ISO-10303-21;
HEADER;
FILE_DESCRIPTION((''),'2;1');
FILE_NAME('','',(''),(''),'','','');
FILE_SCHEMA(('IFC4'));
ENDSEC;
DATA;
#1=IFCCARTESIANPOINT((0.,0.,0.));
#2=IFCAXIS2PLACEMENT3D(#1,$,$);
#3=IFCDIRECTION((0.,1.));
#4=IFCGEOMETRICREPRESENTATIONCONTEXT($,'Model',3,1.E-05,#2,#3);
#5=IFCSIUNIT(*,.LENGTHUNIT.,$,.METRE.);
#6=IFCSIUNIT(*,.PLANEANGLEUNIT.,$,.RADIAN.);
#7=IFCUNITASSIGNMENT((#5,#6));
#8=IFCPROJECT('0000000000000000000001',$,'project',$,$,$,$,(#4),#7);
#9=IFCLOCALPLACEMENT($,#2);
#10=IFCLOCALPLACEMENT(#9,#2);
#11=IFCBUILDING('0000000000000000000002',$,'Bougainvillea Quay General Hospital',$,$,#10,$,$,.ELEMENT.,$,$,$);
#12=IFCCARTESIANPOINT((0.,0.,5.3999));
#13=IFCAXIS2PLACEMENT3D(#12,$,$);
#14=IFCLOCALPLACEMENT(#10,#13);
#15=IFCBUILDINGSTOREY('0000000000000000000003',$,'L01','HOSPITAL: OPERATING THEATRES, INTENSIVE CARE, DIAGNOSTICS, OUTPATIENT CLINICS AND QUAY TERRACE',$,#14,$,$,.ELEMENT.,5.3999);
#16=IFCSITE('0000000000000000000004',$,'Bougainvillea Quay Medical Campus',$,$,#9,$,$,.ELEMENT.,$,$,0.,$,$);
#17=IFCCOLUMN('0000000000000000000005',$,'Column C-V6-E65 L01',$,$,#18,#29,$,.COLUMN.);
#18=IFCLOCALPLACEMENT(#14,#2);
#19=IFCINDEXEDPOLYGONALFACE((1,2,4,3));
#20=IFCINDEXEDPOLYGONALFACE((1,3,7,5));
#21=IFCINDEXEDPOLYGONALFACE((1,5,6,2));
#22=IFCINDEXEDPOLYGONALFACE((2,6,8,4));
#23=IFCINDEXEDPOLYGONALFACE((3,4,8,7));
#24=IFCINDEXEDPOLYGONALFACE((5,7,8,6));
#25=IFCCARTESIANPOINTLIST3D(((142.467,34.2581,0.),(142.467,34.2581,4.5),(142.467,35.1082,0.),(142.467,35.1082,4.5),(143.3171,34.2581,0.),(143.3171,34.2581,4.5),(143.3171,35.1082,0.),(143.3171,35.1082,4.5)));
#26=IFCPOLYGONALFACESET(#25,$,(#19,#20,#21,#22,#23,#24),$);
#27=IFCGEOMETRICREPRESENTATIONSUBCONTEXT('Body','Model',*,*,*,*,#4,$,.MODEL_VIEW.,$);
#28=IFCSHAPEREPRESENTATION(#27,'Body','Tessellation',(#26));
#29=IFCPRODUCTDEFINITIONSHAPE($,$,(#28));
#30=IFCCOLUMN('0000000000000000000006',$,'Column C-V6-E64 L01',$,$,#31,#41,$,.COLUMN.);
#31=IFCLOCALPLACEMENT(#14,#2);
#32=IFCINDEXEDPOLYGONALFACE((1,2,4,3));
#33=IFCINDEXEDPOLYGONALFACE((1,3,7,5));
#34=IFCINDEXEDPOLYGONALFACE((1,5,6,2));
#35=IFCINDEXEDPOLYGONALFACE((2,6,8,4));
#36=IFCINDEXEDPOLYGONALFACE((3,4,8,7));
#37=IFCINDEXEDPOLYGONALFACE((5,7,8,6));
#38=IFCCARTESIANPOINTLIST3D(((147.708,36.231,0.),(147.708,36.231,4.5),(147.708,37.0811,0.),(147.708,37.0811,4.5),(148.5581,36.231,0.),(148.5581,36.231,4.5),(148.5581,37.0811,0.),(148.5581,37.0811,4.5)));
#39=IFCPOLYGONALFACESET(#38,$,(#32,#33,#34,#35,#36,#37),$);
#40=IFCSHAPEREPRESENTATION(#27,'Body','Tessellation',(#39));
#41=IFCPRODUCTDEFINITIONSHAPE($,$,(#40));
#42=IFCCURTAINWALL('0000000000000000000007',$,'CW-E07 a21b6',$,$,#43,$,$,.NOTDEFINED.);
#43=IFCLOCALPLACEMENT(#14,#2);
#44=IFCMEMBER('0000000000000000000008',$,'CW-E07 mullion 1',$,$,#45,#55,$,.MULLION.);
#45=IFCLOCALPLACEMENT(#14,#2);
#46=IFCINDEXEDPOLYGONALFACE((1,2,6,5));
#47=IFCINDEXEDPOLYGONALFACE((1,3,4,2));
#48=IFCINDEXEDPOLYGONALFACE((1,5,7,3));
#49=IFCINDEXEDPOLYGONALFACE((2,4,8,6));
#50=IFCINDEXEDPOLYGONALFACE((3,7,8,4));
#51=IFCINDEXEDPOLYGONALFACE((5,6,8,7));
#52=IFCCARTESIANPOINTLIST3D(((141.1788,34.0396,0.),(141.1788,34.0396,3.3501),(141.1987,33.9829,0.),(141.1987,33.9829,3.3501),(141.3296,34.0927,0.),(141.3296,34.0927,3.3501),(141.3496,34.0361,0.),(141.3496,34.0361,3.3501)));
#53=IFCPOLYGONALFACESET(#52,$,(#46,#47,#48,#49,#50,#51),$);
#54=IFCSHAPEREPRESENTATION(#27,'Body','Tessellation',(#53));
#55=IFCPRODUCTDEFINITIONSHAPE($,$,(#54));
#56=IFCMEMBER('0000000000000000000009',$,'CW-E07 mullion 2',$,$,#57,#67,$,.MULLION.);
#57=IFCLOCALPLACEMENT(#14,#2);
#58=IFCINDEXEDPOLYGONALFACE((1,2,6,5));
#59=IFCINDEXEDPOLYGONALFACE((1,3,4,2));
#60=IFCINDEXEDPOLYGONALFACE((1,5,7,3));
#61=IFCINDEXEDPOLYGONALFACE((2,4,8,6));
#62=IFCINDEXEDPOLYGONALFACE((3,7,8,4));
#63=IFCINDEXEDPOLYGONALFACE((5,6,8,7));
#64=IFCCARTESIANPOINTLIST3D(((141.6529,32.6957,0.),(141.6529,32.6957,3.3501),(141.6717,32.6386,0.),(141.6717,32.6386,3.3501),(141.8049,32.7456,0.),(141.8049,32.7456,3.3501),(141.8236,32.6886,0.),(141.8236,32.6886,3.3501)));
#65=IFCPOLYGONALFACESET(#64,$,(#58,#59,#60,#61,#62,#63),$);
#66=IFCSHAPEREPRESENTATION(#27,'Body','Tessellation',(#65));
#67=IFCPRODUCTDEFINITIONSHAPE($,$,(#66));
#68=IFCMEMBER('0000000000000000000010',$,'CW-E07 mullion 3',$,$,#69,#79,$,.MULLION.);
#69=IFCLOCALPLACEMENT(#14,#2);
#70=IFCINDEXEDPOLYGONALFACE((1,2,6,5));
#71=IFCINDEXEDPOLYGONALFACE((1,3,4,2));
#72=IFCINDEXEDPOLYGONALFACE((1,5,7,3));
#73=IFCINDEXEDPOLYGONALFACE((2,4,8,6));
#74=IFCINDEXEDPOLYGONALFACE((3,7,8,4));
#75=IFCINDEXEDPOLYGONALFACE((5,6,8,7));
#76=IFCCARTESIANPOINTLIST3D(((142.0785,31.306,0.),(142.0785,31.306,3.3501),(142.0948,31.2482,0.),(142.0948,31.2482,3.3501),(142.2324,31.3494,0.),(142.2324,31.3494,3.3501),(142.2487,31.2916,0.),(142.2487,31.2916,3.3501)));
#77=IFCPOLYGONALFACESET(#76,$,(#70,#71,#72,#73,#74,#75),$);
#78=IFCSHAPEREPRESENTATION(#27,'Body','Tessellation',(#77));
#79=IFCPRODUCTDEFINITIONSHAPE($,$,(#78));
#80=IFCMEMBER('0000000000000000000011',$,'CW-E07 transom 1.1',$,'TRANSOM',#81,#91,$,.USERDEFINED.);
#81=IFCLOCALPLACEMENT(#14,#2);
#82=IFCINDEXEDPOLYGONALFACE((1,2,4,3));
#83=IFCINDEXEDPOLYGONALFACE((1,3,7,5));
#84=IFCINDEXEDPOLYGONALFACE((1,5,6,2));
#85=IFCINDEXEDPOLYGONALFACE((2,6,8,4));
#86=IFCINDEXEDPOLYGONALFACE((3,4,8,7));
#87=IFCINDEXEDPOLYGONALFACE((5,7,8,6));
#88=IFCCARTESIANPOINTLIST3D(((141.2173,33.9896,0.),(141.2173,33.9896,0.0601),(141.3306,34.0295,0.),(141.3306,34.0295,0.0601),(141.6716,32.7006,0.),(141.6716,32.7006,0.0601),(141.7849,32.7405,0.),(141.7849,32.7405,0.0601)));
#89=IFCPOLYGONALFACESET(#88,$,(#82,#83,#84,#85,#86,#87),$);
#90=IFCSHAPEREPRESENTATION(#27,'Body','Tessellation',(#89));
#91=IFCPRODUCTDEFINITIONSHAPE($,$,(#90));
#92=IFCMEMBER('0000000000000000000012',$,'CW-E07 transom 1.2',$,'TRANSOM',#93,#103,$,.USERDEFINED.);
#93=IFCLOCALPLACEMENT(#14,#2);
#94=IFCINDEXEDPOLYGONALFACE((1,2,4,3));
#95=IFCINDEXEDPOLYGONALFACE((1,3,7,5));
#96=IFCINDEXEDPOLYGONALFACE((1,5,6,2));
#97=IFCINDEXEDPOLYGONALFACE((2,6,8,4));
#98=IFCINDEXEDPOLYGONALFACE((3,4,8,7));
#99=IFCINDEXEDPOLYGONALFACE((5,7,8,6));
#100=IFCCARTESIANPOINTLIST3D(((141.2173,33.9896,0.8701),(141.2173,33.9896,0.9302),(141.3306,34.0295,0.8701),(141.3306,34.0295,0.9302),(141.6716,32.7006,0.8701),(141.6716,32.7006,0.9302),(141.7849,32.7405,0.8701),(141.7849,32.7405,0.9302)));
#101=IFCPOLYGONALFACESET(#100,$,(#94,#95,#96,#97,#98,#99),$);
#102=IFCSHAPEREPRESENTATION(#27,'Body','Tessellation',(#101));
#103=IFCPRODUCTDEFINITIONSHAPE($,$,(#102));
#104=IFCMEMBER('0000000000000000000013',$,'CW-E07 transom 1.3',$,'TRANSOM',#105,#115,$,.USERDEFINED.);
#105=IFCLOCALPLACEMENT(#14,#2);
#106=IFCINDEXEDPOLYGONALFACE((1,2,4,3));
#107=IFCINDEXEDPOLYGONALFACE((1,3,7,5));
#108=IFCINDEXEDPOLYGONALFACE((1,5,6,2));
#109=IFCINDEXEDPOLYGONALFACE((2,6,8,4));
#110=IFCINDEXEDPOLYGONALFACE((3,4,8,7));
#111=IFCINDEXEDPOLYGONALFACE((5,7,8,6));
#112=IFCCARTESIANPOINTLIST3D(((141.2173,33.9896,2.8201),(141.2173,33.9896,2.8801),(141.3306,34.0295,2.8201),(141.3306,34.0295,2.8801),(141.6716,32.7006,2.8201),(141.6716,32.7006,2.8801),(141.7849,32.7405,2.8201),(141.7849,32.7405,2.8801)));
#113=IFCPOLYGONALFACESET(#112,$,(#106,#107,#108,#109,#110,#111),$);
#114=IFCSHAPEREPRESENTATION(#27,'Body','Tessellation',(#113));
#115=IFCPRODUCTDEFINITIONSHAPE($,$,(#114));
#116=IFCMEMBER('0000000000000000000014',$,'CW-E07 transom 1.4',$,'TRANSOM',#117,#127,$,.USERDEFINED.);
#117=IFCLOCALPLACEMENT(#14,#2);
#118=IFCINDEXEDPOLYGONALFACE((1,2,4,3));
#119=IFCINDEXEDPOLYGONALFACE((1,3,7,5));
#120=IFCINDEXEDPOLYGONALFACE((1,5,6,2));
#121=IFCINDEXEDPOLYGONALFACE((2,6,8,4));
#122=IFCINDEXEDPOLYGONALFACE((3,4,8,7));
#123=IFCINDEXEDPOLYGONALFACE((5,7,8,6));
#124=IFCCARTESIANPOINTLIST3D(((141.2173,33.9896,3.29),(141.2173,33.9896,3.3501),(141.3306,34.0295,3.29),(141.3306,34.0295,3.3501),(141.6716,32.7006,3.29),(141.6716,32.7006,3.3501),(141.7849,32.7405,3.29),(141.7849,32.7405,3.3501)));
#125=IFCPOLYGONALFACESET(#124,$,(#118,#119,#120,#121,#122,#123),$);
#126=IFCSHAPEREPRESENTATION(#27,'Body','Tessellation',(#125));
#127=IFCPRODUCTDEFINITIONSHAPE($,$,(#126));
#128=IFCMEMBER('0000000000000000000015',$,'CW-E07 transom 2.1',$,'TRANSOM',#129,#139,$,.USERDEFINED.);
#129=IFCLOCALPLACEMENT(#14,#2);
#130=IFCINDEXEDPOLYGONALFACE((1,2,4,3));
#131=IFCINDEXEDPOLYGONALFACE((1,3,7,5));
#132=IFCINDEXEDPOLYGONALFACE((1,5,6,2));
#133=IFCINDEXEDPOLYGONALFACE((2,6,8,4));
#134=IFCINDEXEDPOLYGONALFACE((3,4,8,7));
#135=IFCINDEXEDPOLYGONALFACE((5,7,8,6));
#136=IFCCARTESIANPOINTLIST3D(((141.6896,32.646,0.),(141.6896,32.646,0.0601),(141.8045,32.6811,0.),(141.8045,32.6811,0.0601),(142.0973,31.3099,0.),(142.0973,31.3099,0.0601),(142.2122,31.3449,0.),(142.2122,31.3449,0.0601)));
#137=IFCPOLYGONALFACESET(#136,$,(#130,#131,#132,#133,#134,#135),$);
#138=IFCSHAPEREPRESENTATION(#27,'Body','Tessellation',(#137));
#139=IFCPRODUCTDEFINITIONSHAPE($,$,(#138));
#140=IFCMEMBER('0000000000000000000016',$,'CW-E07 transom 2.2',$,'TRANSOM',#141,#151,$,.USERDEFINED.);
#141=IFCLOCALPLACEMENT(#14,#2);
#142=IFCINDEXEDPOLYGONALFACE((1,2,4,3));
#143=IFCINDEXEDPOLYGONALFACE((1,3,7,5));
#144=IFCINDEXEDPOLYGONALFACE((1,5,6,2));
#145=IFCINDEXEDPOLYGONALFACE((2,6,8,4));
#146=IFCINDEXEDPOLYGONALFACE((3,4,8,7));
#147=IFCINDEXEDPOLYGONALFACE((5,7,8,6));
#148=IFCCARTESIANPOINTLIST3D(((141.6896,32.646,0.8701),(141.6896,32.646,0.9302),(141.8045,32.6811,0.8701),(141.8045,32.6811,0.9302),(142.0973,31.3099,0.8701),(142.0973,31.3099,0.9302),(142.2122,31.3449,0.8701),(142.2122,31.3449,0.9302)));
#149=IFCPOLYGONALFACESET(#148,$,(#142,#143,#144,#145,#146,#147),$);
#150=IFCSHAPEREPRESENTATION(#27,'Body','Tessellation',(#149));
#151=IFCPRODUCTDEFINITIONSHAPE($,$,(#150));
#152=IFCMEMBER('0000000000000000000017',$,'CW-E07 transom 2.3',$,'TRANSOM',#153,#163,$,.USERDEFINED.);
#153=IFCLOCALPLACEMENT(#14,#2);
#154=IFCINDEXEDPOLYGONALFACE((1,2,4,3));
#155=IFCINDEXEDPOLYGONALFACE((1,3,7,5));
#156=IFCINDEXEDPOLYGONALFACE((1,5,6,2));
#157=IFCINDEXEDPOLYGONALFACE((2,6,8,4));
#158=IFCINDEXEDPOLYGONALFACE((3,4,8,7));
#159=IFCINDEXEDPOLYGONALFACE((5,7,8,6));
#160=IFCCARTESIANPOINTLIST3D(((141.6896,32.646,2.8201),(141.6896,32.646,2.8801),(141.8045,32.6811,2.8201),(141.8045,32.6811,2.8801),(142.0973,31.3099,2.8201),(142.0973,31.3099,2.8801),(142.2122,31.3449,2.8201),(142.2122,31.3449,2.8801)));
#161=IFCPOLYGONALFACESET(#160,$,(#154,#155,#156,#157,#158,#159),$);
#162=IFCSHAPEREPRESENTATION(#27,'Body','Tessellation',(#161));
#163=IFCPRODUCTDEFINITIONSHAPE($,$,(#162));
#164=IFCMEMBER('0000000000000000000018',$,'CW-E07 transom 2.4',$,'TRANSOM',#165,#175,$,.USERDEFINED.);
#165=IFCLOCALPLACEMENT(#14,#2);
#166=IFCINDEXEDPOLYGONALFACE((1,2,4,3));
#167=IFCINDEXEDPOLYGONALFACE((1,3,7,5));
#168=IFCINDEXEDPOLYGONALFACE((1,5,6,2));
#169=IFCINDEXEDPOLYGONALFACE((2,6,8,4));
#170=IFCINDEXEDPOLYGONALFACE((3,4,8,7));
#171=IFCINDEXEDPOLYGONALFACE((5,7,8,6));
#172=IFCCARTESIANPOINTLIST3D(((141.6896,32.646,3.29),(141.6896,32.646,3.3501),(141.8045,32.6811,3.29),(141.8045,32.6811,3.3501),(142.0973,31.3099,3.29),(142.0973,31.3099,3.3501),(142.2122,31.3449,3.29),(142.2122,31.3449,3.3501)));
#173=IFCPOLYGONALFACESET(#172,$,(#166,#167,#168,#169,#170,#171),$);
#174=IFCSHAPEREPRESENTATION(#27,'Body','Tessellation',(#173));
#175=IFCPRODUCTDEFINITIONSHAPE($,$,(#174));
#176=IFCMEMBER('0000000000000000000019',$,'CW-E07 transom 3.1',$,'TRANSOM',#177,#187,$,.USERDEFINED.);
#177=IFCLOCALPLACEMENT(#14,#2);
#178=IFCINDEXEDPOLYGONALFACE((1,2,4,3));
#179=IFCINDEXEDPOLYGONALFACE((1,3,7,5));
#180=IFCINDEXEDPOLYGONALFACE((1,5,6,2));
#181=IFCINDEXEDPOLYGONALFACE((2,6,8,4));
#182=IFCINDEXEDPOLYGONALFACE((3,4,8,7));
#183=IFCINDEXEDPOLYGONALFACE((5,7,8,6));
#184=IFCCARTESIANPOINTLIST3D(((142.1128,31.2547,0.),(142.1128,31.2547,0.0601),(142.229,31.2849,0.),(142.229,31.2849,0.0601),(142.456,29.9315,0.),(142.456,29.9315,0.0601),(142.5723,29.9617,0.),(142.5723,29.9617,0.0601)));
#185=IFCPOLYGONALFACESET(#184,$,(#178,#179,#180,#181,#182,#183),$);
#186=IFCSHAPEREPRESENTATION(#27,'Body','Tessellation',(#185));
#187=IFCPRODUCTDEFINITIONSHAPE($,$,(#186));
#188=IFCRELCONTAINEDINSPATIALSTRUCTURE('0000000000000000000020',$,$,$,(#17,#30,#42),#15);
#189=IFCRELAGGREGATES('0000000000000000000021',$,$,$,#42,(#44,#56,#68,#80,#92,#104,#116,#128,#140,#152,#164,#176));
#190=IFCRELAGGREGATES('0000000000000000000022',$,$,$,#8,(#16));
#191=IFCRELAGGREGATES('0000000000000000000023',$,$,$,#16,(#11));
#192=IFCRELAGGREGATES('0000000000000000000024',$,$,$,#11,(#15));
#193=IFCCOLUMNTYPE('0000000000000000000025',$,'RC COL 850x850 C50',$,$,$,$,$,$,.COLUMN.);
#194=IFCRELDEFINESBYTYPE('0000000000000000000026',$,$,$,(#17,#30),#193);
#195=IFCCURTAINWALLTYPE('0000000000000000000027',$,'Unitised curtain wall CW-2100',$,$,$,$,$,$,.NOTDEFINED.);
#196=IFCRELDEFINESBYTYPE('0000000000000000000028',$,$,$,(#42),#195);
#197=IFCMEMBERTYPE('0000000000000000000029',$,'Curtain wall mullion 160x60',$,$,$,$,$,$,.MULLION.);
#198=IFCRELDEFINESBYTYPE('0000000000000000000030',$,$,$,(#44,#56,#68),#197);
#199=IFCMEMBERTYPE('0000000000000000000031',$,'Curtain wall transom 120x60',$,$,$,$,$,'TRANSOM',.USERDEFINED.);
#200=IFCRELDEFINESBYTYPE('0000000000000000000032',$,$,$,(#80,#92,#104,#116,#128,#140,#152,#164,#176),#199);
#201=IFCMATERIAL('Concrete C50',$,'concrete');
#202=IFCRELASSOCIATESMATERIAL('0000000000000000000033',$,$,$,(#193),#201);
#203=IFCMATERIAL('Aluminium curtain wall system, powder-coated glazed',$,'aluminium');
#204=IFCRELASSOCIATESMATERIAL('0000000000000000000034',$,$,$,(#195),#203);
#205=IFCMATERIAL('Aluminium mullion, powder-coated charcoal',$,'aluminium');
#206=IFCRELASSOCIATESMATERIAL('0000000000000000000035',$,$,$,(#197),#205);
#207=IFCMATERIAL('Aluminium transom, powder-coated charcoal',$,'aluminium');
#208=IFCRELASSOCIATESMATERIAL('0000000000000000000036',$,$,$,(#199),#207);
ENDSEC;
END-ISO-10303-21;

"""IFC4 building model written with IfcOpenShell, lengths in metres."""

from ifc_helpers import new_model, si_unit, direction, frame, origin, origin_2d, place, context, subcontext, project, spatial, rectangle, extrude, material, material_profile, profile_set, type_object, element, aggregate, save


model = new_model("IFC4")

# Units and contexts
model_context = context("Model", 3, precision=1e-05, world=origin(), true_north=direction((0.0, 1.0)))
body_context = subcontext(model_context, "Body", "Model", "MODEL_VIEW")
ifc_project = project(units=[si_unit("LENGTHUNIT", "METRE"), si_unit("PLANEANGLEUNIT", "RADIAN")], contexts=[model_context])

# Site, building, storey
site_placement = place(None, origin())
site = spatial("IfcSite", under=ifc_project, at=site_placement, Name="Bougainvillea Quay Medical Campus", CompositionType="ELEMENT", RefElevation=0.0)
building_placement = place(site_placement, origin())
building = spatial("IfcBuilding", under=site, at=building_placement, Name="Bougainvillea Quay General Hospital", CompositionType="ELEMENT")
storey_placement = place(building_placement, frame((0.0, 0.0, 5.3999)))
storey = spatial("IfcBuildingStorey", under=building, at=storey_placement, Name="L01", Description="HOSPITAL: OPERATING THEATRES, INTENSIVE CARE, DIAGNOSTICS, OUTPATIENT CLINICS AND QUAY TERRACE", CompositionType="ELEMENT", Elevation=5.3999)

# Columns
ifc_material_1 = material(Name="Concrete C50", Category="concrete")
ifc_material_profile_1 = material_profile(ifc_material_1, rectangle(XDim=0.8501, YDim=0.8501, at=origin_2d()))
ifc_profile_set_1 = profile_set([ifc_material_profile_1], Name="Concrete C50")
column_type = type_object("IfcColumnType", Name="RC COL 850x850 C50", PredefinedType="COLUMN", material=ifc_profile_set_1)
for number, where, z_axis, x_axis, name in (
    (1, (142.8921, 34.6831, 0.0), (0.0, 0.0, 1.0), (1.0, 0.0, 0.0), "Column C-V6-E65 L01"),
    (2, (148.1331, 36.656, 0.0), (0.0, 0.0, 1.0), (1.0, 0.0, 0.0), "Column C-V6-E64 L01"),
):
    element("IfcColumn", number, at=place(storey_placement, frame(where, z_axis=z_axis, x_axis=x_axis)), inside=storey, type_object=column_type, Name=name, PredefinedType="COLUMN", context=body_context, shape_type="SweptSolid", body=[
        extrude(rectangle(XDim=0.8501, YDim=0.8501, at=origin_2d()), origin(), (0.0, 0.0, 1.0), 4.5),
    ])

# Curtain wall, members
ifc_material_2 = material(Name="Aluminium curtain wall system, powder-coated glazed", Category="aluminium")
curtain_wall_type = type_object("IfcCurtainWallType", Name="Unitised curtain wall CW-2100", PredefinedType="NOTDEFINED", material=ifc_material_2)
curtain_wall_placement = place(storey_placement, origin())
curtain_wall = element("IfcCurtainWall", 3, at=curtain_wall_placement, inside=storey, type_object=curtain_wall_type, Name="CW-E07 a21b6", PredefinedType="NOTDEFINED")
ifc_material_3 = material(Name="Aluminium mullion, powder-coated charcoal", Category="aluminium")
ifc_material_profile_2 = material_profile(ifc_material_3, rectangle(XDim=0.1599, YDim=0.0601, at=origin_2d()))
ifc_profile_set_2 = profile_set([ifc_material_profile_2], Name="Aluminium mullion, powder-coated charcoal")
member_type_1 = type_object("IfcMemberType", Name="Curtain wall mullion 160x60", PredefinedType="MULLION", material=ifc_profile_set_2)
member_1_placement = place(storey_placement, frame((141.2642, 34.0378, 0.0), z_axis=(0.0, 0.0, 1.0), x_axis=(0.943169, 0.332315, 0.0)))
member_1 = element("IfcMember", 4, at=member_1_placement, type_object=member_type_1, Name="CW-E07 mullion 1", PredefinedType="MULLION", context=body_context, shape_type="SweptSolid", body=[
    extrude(rectangle(XDim=0.1599, YDim=0.0601, at=origin_2d()), origin(), (0.0, 0.0, 1.0), 3.3501),
])
member_2_placement = place(storey_placement, frame((141.7383, 32.6921, 0.0), z_axis=(0.0, 0.0, 1.0), x_axis=(0.950023, 0.31218, 0.0)))
member_2 = element("IfcMember", 5, at=member_2_placement, type_object=member_type_1, Name="CW-E07 mullion 2", PredefinedType="MULLION", context=body_context, shape_type="SweptSolid", body=[
    extrude(rectangle(XDim=0.1599, YDim=0.0601, at=origin_2d()), origin(), (0.0, 0.0, 1.0), 3.3501),
])
member_3_placement = place(storey_placement, frame((142.1636, 31.2988, 0.0), z_axis=(0.0, 0.0, 1.0), x_axis=(0.962439, 0.271496, 0.0)))
member_3 = element("IfcMember", 6, at=member_3_placement, type_object=member_type_1, Name="CW-E07 mullion 3", PredefinedType="MULLION", context=body_context, shape_type="SweptSolid", body=[
    extrude(rectangle(XDim=0.1599, YDim=0.0601, at=origin_2d()), origin(), (0.0, 0.0, 1.0), 3.3501),
])
ifc_material_4 = material(Name="Aluminium transom, powder-coated charcoal", Category="aluminium")
ifc_material_profile_3 = material_profile(ifc_material_4, rectangle(XDim=0.1201, YDim=0.0601, at=origin_2d()))
ifc_profile_set_3 = profile_set([ifc_material_profile_3], Name="Aluminium transom, powder-coated charcoal")
member_type_2 = type_object("IfcMemberType", Name="Curtain wall transom 120x60", ElementType="TRANSOM", PredefinedType="USERDEFINED", material=ifc_profile_set_3)
member_4_placement = place(storey_placement, frame((141.2739, 34.0095, 0.03), z_axis=(0.332418, -0.943132, 0.0), x_axis=(0.943132, 0.332418, 0.0)))
member_4 = element("IfcMember", 7, at=member_4_placement, type_object=member_type_2, Name="CW-E07 transom 1.1", ObjectType="TRANSOM", PredefinedType="USERDEFINED", context=body_context, shape_type="SweptSolid", body=[
    extrude(rectangle(XDim=0.1201, YDim=0.0601, at=origin_2d()), origin(), (0.0, 0.0, 1.0), 1.3667),
])
member_5_placement = place(storey_placement, frame((141.2739, 34.0095, 0.9001), z_axis=(0.332418, -0.943132, 0.0), x_axis=(0.943132, 0.332418, 0.0)))
member_5 = element("IfcMember", 8, at=member_5_placement, type_object=member_type_2, Name="CW-E07 transom 1.2", ObjectType="TRANSOM", PredefinedType="USERDEFINED", context=body_context, shape_type="SweptSolid", body=[
    extrude(rectangle(XDim=0.1201, YDim=0.0601, at=origin_2d()), origin(), (0.0, 0.0, 1.0), 1.3667),
])
member_6_placement = place(storey_placement, frame((141.2739, 34.0095, 2.8501), z_axis=(0.332418, -0.943132, 0.0), x_axis=(0.943132, 0.332418, 0.0)))
member_6 = element("IfcMember", 9, at=member_6_placement, type_object=member_type_2, Name="CW-E07 transom 1.3", ObjectType="TRANSOM", PredefinedType="USERDEFINED", context=body_context, shape_type="SweptSolid", body=[
    extrude(rectangle(XDim=0.1201, YDim=0.0601, at=origin_2d()), origin(), (0.0, 0.0, 1.0), 1.3667),
])
member_7_placement = place(storey_placement, frame((141.2739, 34.0095, 3.3201), z_axis=(0.332418, -0.943132, 0.0), x_axis=(0.943132, 0.332418, 0.0)))
member_7 = element("IfcMember", 10, at=member_7_placement, type_object=member_type_2, Name="CW-E07 transom 1.4", ObjectType="TRANSOM", PredefinedType="USERDEFINED", context=body_context, shape_type="SweptSolid", body=[
    extrude(rectangle(XDim=0.1201, YDim=0.0601, at=origin_2d()), origin(), (0.0, 0.0, 1.0), 1.3667),
])
member_8_placement = place(storey_placement, frame((141.7471, 32.6636, 0.03), z_axis=(0.29185, -0.956464, 0.0), x_axis=(0.956464, 0.29185, 0.0)))
member_8 = element("IfcMember", 11, at=member_8_placement, type_object=member_type_2, Name="CW-E07 transom 2.1", ObjectType="TRANSOM", PredefinedType="USERDEFINED", context=body_context, shape_type="SweptSolid", body=[
    extrude(rectangle(XDim=0.1201, YDim=0.0601, at=origin_2d()), origin(), (0.0, 0.0, 1.0), 1.397),
])
member_9_placement = place(storey_placement, frame((141.7471, 32.6636, 0.9001), z_axis=(0.29185, -0.956464, 0.0), x_axis=(0.956464, 0.29185, 0.0)))
member_9 = element("IfcMember", 12, at=member_9_placement, type_object=member_type_2, Name="CW-E07 transom 2.2", ObjectType="TRANSOM", PredefinedType="USERDEFINED", context=body_context, shape_type="SweptSolid", body=[
    extrude(rectangle(XDim=0.1201, YDim=0.0601, at=origin_2d()), origin(), (0.0, 0.0, 1.0), 1.397),
])
member_10_placement = place(storey_placement, frame((141.7471, 32.6636, 2.8501), z_axis=(0.29185, -0.956464, 0.0), x_axis=(0.956464, 0.29185, 0.0)))
member_10 = element("IfcMember", 13, at=member_10_placement, type_object=member_type_2, Name="CW-E07 transom 2.3", ObjectType="TRANSOM", PredefinedType="USERDEFINED", context=body_context, shape_type="SweptSolid", body=[
    extrude(rectangle(XDim=0.1201, YDim=0.0601, at=origin_2d()), origin(), (0.0, 0.0, 1.0), 1.397),
])
member_11_placement = place(storey_placement, frame((141.7471, 32.6636, 3.3201), z_axis=(0.29185, -0.956464, 0.0), x_axis=(0.956464, 0.29185, 0.0)))
member_11 = element("IfcMember", 14, at=member_11_placement, type_object=member_type_2, Name="CW-E07 transom 2.4", ObjectType="TRANSOM", PredefinedType="USERDEFINED", context=body_context, shape_type="SweptSolid", body=[
    extrude(rectangle(XDim=0.1201, YDim=0.0601, at=origin_2d()), origin(), (0.0, 0.0, 1.0), 1.397),
])
member_12_placement = place(storey_placement, frame((142.1709, 31.2698, 0.03), z_axis=(0.251099, -0.967962, 0.0), x_axis=(0.967962, 0.251099, 0.0)))
member_12 = element("IfcMember", 15, at=member_12_placement, type_object=member_type_2, Name="CW-E07 transom 3.1", ObjectType="TRANSOM", PredefinedType="USERDEFINED", context=body_context, shape_type="SweptSolid", body=[
    extrude(rectangle(XDim=0.1201, YDim=0.0601, at=origin_2d()), origin(), (0.0, 0.0, 1.0), 1.3669),
])
aggregate(curtain_wall, [member_1, member_2, member_3, member_4, member_5, member_6, member_7, member_8, member_9, member_10, member_11, member_12])

save(model, "model.ifc")
